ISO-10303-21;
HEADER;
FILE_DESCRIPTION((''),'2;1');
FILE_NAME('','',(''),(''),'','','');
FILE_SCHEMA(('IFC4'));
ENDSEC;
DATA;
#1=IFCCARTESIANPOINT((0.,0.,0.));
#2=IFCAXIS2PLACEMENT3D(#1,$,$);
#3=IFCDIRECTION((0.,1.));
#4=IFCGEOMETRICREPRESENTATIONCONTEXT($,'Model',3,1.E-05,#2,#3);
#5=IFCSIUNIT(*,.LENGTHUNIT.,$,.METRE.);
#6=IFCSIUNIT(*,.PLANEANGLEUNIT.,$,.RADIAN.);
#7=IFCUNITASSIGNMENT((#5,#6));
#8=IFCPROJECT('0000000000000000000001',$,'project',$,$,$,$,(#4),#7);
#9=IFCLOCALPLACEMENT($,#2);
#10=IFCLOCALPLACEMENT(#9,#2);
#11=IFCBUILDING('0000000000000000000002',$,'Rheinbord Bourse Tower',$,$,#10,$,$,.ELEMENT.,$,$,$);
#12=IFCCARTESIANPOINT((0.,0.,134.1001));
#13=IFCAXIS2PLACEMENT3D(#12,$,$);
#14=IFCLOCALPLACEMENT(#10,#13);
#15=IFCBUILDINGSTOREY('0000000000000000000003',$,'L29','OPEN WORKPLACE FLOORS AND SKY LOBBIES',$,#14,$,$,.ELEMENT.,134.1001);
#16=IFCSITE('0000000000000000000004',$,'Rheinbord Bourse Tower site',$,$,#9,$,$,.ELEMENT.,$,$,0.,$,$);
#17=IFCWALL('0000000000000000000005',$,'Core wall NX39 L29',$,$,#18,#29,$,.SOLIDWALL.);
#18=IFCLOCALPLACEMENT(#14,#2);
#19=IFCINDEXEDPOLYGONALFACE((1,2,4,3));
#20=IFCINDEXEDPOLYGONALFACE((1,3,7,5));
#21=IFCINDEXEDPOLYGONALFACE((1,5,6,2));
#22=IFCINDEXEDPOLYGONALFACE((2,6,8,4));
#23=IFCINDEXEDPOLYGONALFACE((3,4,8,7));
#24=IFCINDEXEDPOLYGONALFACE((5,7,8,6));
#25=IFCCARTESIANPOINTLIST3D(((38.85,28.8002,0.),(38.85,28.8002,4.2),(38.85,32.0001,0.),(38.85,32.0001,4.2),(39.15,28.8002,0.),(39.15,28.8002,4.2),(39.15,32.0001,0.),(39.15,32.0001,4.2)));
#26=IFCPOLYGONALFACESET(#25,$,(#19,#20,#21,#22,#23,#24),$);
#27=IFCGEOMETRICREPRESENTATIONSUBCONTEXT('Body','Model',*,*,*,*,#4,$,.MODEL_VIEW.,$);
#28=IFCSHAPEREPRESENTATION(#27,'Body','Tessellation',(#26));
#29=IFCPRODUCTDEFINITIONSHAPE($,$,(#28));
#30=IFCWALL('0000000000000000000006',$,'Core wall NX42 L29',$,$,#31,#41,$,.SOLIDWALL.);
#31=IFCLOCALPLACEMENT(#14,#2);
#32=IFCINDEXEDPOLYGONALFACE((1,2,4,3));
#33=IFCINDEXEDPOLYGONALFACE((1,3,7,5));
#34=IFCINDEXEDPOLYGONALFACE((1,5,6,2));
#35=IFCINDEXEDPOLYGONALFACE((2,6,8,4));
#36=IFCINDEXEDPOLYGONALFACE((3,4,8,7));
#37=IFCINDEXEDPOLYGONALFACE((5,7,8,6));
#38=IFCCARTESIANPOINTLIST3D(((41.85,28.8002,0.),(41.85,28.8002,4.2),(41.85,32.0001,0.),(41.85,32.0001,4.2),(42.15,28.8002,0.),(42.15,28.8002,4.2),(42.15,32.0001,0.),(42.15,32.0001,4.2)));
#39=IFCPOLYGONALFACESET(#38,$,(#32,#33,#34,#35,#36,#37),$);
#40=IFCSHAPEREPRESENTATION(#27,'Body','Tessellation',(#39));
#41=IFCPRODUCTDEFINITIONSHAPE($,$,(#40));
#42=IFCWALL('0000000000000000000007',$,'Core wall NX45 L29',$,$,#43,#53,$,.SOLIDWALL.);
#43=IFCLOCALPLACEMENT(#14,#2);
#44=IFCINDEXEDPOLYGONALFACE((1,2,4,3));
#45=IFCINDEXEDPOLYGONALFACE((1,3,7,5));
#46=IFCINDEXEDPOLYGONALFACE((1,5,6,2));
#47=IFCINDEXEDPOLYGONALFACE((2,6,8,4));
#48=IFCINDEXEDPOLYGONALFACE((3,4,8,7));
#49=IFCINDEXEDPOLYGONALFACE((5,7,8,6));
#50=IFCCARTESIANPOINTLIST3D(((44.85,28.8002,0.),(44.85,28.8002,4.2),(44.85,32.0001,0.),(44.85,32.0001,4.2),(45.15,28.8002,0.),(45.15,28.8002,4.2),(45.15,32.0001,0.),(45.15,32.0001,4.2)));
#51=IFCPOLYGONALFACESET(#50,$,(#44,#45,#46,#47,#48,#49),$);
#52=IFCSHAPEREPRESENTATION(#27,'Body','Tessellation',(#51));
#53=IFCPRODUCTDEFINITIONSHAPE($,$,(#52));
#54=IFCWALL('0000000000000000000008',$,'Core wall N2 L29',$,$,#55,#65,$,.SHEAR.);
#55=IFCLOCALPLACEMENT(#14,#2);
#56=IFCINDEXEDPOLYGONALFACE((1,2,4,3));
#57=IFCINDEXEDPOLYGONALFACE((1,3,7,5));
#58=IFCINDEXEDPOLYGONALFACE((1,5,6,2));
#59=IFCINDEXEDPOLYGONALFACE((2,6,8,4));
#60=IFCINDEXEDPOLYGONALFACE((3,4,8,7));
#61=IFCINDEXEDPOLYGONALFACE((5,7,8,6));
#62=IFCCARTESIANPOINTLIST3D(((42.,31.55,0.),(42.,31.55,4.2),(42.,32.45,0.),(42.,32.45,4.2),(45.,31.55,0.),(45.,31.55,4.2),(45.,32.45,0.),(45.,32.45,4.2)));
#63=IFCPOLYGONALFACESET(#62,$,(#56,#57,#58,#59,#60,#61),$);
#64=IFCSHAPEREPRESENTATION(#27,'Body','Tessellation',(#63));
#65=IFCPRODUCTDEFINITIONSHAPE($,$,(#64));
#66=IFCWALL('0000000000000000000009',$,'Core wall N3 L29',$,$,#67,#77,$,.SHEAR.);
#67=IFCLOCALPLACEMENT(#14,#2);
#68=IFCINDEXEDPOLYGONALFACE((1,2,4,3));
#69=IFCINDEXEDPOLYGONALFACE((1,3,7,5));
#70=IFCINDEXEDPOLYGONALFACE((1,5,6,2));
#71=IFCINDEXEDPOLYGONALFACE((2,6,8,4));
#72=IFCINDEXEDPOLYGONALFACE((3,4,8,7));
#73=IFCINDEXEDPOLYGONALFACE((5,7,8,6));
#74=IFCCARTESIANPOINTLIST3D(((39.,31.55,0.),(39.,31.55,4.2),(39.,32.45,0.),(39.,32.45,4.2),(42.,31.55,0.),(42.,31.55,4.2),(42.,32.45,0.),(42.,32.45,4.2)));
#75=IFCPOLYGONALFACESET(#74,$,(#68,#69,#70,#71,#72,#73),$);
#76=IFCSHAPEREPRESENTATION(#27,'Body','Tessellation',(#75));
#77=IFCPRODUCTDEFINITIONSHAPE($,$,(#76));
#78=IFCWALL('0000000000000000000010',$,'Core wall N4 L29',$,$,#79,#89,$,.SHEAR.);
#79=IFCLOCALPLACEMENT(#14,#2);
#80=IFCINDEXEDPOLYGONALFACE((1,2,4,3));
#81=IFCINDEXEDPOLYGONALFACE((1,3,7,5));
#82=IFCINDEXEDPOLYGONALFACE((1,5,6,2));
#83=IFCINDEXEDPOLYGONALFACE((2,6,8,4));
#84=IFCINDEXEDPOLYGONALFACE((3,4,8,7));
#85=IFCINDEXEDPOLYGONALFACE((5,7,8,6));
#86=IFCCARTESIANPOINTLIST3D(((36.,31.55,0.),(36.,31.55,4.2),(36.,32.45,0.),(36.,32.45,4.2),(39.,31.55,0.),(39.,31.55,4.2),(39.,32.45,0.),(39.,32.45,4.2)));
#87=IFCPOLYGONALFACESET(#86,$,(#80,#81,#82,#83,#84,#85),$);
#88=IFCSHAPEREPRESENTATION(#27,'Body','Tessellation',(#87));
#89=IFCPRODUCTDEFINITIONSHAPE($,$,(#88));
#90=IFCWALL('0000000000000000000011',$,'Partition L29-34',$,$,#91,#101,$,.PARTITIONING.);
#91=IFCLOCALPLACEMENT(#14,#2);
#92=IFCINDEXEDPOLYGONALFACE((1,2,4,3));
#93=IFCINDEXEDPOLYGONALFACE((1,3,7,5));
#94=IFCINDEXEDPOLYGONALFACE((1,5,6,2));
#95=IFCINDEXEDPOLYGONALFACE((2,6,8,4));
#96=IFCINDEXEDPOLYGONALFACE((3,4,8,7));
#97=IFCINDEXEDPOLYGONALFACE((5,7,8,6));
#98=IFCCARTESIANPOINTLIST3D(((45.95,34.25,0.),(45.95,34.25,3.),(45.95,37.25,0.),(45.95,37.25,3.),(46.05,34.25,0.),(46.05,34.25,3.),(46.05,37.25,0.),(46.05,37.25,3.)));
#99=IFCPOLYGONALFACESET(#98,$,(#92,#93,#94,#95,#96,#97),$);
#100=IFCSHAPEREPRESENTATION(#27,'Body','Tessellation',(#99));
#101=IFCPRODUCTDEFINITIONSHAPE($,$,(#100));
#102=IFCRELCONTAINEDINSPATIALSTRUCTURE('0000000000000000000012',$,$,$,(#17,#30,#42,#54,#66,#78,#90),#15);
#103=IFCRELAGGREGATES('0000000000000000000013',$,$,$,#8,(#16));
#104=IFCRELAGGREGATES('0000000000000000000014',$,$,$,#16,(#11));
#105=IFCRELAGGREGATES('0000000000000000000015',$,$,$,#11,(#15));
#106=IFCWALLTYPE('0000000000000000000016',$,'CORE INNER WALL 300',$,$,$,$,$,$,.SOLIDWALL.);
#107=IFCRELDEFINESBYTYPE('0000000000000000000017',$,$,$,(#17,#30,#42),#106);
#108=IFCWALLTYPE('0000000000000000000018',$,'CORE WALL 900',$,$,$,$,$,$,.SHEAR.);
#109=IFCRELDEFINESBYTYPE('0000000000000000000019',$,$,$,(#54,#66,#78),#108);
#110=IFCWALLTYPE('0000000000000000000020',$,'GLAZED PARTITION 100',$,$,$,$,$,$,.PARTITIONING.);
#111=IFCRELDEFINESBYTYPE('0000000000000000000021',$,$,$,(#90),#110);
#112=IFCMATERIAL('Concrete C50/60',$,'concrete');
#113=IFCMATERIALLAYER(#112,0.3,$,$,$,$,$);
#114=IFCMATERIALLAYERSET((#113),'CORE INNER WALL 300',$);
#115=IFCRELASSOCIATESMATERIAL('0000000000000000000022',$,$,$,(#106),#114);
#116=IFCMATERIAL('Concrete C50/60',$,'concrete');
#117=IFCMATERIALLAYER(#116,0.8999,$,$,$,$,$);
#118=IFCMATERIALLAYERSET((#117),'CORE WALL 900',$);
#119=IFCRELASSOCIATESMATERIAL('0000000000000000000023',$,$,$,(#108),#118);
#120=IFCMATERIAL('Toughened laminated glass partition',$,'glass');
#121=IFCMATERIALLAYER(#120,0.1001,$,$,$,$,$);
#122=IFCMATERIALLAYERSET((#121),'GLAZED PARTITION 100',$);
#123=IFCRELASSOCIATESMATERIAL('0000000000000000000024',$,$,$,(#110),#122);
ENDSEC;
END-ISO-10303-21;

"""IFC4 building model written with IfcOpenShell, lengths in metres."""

from ifc_helpers import new_model, si_unit, direction, frame, frame_2d, origin, place, context, subcontext, project, spatial, rectangle, extrude, material, layer, layer_set, type_object, element, save


model = new_model("IFC4")

# Units and contexts
model_context = context("Model", 3, precision=1e-05, world=origin(), true_north=direction((0.0, 1.0)))
body_context = subcontext(model_context, "Body", "Model", "MODEL_VIEW")
ifc_project = project(units=[si_unit("LENGTHUNIT", "METRE"), si_unit("PLANEANGLEUNIT", "RADIAN")], contexts=[model_context])

# Site, building, storey
site_placement = place(None, origin())
site = spatial("IfcSite", under=ifc_project, at=site_placement, Name="Rheinbord Bourse Tower site", CompositionType="ELEMENT", RefElevation=0.0)
building_placement = place(site_placement, origin())
building = spatial("IfcBuilding", under=site, at=building_placement, Name="Rheinbord Bourse Tower", CompositionType="ELEMENT")
storey_placement = place(building_placement, frame((0.0, 0.0, 134.1001)))
storey = spatial("IfcBuildingStorey", under=building, at=storey_placement, Name="L29", Description="OPEN WORKPLACE FLOORS AND SKY LOBBIES", CompositionType="ELEMENT", Elevation=134.1001)

# Shared definitions
ifc_material_1 = material(Name="Concrete C50/60", Category="concrete")
ifc_layer_1 = layer(ifc_material_1, 0.3)
ifc_layer_set_1 = layer_set([ifc_layer_1], Name="CORE INNER WALL 300")
wall_type_1 = type_object("IfcWallType", Name="CORE INNER WALL 300", PredefinedType="SOLIDWALL", material=ifc_layer_set_1)

# Walls
for number, where, z_axis, x_axis, name in (
    (1, (39.0, 28.8, 0.0), (0.0, 0.0, 1.0), (0.0, 1.0, 0.0), "Core wall NX39 L29"),
    (2, (42.0, 28.8, 0.0), (0.0, 0.0, 1.0), (0.0, 1.0, 0.0), "Core wall NX42 L29"),
    (3, (45.0, 28.8, 0.0), (0.0, 0.0, 1.0), (0.0, 1.0, 0.0), "Core wall NX45 L29"),
):
    element("IfcWall", number, at=place(storey_placement, frame(where, z_axis=z_axis, x_axis=x_axis)), inside=storey, type_object=wall_type_1, Name=name, PredefinedType="SOLIDWALL", context=body_context, shape_type="SweptSolid", body=[
        extrude(rectangle(XDim=3.2, YDim=0.3, at=frame_2d((1.6001, 0.0))), origin(), (0.0, 0.0, 1.0), 4.2),
    ])
ifc_material_2 = material(Name="Concrete C50/60", Category="concrete")
ifc_layer_2 = layer(ifc_material_2, 0.8999)
ifc_layer_set_2 = layer_set([ifc_layer_2], Name="CORE WALL 900")
wall_type_2 = type_object("IfcWallType", Name="CORE WALL 900", PredefinedType="SHEAR", material=ifc_layer_set_2)
for number, where, z_axis, x_axis, name in (
    (4, (45.0, 32.0, 0.0), (0.0, 0.0, 1.0), (-1.0, 0.0, 0.0), "Core wall N2 L29"),
    (5, (42.0, 32.0, 0.0), (0.0, 0.0, 1.0), (-1.0, 0.0, 0.0), "Core wall N3 L29"),
    (6, (39.0, 32.0, 0.0), (0.0, 0.0, 1.0), (-1.0, 0.0, 0.0), "Core wall N4 L29"),
):
    element("IfcWall", number, at=place(storey_placement, frame(where, z_axis=z_axis, x_axis=x_axis)), inside=storey, type_object=wall_type_2, Name=name, PredefinedType="SHEAR", context=body_context, shape_type="SweptSolid", body=[
        extrude(rectangle(XDim=3.0, YDim=0.8999, at=frame_2d((1.5, 0.0))), origin(), (0.0, 0.0, 1.0), 4.2),
    ])
ifc_material_3 = material(Name="Toughened laminated glass partition", Category="glass")
ifc_layer_3 = layer(ifc_material_3, 0.1001)
ifc_layer_set_3 = layer_set([ifc_layer_3], Name="GLAZED PARTITION 100")
wall_type_3 = type_object("IfcWallType", Name="GLAZED PARTITION 100", PredefinedType="PARTITIONING", material=ifc_layer_set_3)
wall_1_placement = place(storey_placement, frame((46.0, 34.25, 0.0), z_axis=(0.0, 0.0, 1.0), x_axis=(0.0, 1.0, 0.0)))
element("IfcWall", 7, at=wall_1_placement, inside=storey, type_object=wall_type_3, Name="Partition L29-34", PredefinedType="PARTITIONING", context=body_context, shape_type="SweptSolid", body=[
    extrude(rectangle(XDim=3.0, YDim=0.1001, at=frame_2d((1.5, 0.0))), origin(), (0.0, 0.0, 1.0), 3.0),
])

save(model, "model.ifc")
